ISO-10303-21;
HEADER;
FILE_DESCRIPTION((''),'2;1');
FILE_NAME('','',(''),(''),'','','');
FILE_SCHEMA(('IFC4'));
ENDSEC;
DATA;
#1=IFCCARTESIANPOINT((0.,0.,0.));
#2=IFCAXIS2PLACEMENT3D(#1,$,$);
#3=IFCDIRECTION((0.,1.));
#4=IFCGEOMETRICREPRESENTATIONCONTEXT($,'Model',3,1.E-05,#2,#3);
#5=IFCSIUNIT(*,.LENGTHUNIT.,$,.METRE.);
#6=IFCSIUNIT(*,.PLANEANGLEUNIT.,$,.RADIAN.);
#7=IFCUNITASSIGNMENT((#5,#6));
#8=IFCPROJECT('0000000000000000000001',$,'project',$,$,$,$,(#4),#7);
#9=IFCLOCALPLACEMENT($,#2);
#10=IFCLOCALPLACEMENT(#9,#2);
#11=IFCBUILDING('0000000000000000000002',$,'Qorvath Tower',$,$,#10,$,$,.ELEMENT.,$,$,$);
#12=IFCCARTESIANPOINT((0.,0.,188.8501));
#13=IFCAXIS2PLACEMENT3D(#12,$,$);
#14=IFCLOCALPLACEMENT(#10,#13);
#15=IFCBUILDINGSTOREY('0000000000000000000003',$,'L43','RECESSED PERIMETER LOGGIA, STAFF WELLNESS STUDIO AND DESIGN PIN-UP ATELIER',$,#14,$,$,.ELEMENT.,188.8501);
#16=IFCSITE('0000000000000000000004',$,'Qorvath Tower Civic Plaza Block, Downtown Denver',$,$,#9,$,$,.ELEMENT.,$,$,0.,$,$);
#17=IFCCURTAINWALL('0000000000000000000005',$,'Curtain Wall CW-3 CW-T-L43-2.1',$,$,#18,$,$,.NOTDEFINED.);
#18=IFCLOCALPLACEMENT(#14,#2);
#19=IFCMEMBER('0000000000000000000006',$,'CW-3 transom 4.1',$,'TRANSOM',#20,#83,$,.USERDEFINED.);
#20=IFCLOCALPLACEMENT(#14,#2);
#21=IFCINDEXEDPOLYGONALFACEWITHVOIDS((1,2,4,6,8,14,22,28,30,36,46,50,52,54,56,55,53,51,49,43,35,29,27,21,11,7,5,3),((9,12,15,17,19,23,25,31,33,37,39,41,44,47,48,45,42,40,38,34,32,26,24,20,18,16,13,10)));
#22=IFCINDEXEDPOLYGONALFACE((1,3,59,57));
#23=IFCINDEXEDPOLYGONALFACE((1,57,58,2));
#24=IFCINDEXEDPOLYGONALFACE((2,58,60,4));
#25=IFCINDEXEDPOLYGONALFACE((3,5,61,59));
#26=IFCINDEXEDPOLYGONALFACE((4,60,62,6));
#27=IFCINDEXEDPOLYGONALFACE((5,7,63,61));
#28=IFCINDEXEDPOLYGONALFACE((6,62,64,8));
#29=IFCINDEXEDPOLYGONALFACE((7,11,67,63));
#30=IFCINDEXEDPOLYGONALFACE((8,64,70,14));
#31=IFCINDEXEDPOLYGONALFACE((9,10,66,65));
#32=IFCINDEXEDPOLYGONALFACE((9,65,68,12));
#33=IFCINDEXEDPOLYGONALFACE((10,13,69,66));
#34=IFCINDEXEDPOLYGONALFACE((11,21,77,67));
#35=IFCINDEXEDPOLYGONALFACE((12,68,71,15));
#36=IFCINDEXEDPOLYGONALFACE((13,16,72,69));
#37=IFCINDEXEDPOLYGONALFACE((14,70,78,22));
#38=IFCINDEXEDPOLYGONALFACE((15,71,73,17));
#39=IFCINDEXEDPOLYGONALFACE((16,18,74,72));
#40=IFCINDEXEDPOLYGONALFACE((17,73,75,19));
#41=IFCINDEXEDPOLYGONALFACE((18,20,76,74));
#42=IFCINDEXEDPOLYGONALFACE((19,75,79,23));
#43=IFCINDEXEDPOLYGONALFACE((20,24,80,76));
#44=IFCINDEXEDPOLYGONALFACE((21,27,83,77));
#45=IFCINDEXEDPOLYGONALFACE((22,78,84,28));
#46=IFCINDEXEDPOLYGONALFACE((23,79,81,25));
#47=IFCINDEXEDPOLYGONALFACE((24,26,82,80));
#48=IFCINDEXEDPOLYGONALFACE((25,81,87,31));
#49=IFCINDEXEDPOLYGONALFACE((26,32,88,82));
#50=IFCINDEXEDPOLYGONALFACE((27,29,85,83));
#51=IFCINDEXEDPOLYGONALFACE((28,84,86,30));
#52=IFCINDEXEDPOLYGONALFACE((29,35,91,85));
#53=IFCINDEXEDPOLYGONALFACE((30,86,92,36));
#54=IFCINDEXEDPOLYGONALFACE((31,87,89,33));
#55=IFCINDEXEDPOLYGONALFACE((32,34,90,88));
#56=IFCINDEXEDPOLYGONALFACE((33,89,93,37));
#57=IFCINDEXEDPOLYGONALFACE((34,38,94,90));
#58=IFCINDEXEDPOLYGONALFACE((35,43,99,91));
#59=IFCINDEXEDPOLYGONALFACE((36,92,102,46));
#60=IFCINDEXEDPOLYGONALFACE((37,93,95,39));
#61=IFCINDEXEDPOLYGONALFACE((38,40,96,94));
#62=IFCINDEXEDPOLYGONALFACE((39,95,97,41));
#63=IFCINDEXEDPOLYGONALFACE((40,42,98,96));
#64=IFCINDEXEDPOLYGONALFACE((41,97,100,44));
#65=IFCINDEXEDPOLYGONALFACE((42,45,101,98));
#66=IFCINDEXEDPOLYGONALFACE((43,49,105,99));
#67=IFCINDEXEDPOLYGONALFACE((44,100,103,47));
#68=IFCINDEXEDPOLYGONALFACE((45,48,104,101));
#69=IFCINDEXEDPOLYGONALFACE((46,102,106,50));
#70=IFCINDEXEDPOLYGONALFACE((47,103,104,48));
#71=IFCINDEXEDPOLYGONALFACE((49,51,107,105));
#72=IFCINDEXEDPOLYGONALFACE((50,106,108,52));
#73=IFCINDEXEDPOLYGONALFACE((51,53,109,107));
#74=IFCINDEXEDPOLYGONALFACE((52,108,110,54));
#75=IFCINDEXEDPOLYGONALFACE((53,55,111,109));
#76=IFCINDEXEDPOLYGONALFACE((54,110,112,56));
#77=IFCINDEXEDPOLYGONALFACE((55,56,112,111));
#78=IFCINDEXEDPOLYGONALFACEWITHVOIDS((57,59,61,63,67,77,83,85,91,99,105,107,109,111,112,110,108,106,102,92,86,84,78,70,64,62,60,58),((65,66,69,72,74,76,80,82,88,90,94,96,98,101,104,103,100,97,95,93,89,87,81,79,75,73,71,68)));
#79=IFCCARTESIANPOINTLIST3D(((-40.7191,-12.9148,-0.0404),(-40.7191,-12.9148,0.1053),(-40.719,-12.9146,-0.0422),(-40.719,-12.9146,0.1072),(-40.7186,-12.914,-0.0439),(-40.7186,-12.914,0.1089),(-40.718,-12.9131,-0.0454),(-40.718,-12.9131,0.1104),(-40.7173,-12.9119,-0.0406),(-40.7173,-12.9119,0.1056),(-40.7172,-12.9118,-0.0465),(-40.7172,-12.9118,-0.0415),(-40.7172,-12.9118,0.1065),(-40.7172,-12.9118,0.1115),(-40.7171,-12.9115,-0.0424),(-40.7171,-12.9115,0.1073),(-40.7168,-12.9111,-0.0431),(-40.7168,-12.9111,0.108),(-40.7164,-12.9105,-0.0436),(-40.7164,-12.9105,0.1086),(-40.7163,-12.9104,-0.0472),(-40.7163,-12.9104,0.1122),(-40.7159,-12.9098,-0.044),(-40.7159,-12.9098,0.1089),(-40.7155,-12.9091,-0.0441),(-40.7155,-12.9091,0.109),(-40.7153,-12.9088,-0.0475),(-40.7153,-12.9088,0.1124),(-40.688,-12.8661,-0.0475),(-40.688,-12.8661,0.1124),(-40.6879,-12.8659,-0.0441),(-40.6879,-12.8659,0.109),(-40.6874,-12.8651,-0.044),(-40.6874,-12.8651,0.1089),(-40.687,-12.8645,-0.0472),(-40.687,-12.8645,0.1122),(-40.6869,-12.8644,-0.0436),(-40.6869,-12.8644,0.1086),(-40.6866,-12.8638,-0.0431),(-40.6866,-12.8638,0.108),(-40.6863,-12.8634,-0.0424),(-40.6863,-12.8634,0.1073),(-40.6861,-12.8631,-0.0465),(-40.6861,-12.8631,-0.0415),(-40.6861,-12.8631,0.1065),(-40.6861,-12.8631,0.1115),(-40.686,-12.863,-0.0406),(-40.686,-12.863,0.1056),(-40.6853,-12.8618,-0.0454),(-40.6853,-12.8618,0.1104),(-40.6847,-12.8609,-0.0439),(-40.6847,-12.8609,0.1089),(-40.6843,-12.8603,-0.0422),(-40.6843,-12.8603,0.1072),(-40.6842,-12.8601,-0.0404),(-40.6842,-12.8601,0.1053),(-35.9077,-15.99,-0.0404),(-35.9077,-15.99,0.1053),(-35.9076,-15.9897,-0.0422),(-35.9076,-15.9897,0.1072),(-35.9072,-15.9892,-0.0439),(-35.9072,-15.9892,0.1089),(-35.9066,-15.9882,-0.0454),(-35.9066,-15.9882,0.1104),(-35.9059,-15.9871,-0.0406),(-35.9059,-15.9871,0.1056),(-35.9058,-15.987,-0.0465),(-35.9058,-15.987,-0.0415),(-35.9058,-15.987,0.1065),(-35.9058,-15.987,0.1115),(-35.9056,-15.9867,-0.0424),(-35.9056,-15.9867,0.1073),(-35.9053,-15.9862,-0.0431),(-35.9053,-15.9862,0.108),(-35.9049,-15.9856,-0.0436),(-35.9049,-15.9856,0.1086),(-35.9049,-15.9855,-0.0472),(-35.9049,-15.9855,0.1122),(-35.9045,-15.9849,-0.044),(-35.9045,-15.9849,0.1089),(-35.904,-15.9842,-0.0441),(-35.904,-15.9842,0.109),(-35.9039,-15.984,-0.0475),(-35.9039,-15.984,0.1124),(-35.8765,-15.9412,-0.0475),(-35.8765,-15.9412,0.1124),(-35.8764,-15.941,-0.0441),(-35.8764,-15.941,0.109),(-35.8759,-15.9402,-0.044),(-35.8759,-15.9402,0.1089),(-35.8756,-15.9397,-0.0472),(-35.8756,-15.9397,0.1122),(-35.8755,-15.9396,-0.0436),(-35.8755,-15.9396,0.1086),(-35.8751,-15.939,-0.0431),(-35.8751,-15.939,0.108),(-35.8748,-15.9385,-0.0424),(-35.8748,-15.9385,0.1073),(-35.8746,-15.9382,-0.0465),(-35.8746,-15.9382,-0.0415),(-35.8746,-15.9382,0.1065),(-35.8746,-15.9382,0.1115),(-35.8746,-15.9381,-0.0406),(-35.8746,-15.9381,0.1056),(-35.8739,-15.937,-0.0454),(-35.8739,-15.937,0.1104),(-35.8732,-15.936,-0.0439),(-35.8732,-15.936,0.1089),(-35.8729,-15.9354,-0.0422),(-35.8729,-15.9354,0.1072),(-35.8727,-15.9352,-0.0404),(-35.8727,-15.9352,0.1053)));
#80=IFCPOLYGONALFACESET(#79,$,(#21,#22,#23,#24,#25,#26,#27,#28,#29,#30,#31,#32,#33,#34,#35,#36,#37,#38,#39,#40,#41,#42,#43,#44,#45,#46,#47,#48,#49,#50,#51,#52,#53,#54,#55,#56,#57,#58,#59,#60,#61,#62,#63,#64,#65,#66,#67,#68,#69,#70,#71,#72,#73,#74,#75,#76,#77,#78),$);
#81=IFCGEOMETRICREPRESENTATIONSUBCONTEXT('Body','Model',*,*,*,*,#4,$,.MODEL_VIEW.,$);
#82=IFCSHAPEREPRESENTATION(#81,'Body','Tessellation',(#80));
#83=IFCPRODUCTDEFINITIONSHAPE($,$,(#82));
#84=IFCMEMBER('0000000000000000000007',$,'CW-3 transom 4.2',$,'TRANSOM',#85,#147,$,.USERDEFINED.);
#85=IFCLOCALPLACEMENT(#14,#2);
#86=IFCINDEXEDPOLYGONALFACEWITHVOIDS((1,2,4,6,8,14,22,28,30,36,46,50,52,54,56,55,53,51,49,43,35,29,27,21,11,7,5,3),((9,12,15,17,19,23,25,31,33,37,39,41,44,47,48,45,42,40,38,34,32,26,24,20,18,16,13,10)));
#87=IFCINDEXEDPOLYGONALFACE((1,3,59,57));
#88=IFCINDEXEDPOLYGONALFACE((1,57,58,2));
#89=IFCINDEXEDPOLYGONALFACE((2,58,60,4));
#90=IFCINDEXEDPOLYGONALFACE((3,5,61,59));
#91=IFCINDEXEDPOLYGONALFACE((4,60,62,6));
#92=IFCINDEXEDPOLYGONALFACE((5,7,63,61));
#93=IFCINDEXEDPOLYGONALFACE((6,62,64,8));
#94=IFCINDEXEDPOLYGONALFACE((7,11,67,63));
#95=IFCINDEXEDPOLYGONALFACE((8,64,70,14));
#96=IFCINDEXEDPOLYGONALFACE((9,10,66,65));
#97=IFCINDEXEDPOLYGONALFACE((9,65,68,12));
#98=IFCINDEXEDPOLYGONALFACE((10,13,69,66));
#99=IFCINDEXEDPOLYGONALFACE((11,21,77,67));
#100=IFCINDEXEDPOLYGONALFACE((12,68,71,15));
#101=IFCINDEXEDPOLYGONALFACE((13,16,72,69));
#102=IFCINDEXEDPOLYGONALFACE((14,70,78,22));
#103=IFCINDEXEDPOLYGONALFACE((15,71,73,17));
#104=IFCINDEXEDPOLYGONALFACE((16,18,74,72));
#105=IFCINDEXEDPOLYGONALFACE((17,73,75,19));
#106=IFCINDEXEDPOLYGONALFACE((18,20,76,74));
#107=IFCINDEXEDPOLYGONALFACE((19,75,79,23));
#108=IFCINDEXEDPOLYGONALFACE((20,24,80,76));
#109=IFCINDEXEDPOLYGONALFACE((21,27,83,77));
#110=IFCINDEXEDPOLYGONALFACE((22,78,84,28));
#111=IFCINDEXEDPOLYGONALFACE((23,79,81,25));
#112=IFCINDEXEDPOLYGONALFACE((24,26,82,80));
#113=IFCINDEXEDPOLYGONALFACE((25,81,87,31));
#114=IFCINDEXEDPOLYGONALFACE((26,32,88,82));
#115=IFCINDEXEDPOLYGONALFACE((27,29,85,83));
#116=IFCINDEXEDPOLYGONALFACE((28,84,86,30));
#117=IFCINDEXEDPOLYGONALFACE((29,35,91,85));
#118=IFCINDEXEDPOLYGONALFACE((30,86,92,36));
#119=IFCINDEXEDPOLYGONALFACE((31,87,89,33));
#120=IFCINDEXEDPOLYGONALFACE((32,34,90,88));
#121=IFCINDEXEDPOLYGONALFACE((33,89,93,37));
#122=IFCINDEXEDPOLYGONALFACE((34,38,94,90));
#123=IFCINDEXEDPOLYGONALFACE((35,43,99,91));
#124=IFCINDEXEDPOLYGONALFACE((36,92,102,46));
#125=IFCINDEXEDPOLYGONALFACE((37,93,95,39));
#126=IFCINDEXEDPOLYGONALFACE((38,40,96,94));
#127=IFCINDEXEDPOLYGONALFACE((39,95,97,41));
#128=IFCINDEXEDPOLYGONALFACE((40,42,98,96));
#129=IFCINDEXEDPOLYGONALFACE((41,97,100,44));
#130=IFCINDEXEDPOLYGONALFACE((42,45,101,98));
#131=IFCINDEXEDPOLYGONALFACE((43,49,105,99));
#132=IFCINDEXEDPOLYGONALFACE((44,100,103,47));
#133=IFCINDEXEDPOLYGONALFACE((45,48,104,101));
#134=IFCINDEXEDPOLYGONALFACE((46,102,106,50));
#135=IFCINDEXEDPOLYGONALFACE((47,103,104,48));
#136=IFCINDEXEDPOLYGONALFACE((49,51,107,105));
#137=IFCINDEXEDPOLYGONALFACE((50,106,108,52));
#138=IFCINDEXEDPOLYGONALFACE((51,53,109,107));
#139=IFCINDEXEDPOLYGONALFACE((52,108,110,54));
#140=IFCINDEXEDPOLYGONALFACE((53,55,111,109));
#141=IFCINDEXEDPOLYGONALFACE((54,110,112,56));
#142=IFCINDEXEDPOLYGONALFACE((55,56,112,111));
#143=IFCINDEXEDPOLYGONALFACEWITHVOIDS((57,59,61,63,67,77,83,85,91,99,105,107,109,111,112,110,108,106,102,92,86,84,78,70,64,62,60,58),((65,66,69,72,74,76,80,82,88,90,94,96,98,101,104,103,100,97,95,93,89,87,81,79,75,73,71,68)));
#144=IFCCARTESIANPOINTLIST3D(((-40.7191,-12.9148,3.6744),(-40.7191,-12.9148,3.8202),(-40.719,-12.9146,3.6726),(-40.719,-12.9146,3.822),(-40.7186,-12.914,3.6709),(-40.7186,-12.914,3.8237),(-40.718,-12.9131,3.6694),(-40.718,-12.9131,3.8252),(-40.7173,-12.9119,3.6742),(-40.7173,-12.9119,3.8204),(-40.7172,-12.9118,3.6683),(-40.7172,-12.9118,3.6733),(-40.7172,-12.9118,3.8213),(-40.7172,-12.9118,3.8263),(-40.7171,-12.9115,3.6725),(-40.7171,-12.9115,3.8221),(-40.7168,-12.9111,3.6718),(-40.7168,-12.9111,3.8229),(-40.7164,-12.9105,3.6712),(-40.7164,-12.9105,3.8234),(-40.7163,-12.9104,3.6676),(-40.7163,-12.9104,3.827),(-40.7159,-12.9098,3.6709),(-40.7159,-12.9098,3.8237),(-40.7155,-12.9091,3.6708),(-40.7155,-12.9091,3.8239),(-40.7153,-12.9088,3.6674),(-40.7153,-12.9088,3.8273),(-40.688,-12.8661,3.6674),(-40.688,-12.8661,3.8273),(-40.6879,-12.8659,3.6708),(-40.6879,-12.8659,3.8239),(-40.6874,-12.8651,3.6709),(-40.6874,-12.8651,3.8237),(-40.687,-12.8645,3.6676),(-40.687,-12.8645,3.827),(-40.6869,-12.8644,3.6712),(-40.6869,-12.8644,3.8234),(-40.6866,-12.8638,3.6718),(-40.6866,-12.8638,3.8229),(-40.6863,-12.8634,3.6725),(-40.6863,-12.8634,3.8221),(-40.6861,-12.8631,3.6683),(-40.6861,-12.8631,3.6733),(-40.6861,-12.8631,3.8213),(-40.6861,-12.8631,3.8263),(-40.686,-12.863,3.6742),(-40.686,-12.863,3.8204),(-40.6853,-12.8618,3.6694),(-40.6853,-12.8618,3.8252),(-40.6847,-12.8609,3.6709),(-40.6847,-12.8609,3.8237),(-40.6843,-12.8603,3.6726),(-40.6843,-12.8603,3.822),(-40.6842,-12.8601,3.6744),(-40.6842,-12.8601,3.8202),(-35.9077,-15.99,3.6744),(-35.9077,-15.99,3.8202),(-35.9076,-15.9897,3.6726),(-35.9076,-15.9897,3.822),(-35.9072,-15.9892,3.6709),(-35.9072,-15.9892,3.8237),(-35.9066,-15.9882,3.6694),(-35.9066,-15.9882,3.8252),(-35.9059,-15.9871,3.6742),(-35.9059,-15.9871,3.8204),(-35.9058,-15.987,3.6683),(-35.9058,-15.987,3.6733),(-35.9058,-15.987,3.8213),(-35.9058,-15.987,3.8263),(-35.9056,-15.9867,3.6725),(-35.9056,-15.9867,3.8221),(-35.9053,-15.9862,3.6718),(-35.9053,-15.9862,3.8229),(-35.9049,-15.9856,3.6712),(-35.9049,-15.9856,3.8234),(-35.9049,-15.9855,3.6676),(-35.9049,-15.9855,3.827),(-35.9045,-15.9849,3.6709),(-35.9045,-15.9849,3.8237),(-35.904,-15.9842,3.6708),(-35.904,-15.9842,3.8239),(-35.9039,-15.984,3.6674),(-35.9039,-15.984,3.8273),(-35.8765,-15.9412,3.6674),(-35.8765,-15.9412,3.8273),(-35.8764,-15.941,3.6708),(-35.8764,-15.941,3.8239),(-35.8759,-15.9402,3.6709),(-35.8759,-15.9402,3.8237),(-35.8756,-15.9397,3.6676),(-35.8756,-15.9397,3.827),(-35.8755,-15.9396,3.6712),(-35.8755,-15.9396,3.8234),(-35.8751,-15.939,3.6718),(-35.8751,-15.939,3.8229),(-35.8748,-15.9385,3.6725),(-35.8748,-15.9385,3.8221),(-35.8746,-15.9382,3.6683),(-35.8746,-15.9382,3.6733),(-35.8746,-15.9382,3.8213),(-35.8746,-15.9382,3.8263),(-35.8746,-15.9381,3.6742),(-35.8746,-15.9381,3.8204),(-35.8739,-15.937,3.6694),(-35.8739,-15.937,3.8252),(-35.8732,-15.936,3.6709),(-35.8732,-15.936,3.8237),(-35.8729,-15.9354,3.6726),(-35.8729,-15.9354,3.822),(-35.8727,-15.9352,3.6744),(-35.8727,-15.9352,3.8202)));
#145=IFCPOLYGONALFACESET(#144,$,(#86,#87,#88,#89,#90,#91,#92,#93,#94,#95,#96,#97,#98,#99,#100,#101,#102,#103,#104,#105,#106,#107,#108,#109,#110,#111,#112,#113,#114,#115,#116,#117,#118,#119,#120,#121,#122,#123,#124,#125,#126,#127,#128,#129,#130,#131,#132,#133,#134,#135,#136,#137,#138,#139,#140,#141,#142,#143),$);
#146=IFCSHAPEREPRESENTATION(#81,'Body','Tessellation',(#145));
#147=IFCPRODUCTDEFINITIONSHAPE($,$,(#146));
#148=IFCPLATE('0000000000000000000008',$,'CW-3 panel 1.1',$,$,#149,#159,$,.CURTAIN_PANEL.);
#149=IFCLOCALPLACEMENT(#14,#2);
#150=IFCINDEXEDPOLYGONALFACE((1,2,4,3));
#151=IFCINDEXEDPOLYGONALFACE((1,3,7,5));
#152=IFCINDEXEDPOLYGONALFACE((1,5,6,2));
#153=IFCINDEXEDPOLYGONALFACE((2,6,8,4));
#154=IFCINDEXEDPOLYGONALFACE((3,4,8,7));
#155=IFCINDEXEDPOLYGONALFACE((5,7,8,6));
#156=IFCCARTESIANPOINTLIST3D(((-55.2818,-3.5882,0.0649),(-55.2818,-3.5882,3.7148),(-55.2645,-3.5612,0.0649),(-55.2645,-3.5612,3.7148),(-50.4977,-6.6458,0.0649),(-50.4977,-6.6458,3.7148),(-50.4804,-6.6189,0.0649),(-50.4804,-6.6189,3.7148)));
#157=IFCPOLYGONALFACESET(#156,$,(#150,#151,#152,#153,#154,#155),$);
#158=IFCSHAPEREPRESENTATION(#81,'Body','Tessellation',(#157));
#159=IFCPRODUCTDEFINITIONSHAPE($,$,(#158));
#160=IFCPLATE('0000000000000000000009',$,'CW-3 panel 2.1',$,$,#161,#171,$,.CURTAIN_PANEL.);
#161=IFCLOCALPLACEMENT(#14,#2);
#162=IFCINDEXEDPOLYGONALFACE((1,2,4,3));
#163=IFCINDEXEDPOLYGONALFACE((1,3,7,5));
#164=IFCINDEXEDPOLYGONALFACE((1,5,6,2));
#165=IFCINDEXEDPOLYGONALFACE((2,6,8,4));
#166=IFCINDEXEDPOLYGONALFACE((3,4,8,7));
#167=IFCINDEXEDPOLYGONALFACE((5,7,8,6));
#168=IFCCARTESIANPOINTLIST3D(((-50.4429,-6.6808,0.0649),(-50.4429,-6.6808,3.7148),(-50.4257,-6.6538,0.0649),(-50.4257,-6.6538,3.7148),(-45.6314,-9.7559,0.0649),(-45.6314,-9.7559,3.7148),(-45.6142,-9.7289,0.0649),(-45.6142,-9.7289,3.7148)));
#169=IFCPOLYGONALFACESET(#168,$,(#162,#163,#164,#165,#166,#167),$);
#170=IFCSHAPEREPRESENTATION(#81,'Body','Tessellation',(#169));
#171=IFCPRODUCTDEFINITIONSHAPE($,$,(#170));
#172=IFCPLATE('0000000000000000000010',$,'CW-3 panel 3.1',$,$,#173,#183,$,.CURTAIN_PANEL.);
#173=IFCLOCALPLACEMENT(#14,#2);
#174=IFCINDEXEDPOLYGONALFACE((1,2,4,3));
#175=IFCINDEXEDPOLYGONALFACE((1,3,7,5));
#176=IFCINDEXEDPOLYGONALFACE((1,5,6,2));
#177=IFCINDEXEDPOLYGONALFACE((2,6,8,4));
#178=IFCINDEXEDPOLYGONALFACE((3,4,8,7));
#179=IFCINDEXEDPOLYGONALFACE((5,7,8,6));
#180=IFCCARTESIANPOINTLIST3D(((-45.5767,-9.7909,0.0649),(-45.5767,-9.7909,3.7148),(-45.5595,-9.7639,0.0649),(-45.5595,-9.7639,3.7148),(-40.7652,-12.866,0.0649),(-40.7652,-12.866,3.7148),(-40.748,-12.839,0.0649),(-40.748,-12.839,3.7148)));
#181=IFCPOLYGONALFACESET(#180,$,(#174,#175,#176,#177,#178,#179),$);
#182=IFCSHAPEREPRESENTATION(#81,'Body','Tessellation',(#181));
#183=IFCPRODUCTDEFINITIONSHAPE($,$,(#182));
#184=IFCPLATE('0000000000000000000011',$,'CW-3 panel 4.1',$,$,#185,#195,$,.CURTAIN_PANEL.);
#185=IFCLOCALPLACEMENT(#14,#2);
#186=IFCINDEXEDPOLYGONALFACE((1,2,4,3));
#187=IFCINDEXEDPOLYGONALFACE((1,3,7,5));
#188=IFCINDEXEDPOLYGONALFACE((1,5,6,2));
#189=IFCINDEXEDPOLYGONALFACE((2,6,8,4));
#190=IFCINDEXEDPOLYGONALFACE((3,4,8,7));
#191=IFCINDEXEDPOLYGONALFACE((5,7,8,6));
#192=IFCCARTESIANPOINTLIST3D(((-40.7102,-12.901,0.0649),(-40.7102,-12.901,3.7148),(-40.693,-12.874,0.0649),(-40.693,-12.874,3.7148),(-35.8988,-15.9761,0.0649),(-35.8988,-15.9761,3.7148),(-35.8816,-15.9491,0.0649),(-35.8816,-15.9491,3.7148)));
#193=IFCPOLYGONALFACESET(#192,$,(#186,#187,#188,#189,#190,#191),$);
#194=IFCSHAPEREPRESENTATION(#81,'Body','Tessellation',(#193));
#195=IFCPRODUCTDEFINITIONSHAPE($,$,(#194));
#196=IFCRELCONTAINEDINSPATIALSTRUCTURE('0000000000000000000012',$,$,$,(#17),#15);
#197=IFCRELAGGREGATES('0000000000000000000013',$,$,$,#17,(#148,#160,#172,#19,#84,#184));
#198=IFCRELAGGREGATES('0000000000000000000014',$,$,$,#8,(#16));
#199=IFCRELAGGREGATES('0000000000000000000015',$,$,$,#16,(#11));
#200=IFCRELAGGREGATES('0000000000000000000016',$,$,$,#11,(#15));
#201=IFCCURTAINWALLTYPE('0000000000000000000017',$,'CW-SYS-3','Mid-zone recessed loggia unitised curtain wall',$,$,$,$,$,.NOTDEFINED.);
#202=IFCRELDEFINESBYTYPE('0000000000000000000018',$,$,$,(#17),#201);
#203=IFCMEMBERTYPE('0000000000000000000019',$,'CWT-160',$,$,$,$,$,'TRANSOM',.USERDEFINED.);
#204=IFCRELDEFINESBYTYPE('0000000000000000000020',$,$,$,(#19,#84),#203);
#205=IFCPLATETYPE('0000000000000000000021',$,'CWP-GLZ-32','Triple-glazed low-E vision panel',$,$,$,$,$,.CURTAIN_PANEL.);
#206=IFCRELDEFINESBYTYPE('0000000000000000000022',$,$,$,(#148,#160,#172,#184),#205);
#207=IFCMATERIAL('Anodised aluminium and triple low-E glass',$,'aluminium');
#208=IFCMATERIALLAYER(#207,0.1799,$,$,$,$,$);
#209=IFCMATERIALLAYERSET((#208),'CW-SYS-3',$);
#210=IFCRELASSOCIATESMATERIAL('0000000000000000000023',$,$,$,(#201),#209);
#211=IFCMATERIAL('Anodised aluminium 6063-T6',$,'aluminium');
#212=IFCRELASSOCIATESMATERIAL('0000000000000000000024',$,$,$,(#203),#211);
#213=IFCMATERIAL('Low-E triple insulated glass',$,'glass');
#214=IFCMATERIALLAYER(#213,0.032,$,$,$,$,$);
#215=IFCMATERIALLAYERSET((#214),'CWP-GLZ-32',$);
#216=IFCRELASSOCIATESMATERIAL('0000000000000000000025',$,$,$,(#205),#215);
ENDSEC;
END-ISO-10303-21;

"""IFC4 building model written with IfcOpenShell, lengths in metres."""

from ifc_helpers import new_model, si_unit, direction, frame, origin, origin_2d, place, context, subcontext, project, spatial, rectangle, hollow_rectangle, extrude, material, layer, layer_set, material_profile, profile_set, type_object, element, aggregate, save


model = new_model("IFC4")

# Units and contexts
model_context = context("Model", 3, precision=1e-05, world=origin(), true_north=direction((0.0, 1.0)))
body_context = subcontext(model_context, "Body", "Model", "MODEL_VIEW")
ifc_project = project(units=[si_unit("LENGTHUNIT", "METRE"), si_unit("PLANEANGLEUNIT", "RADIAN")], contexts=[model_context])

# Site, building, storey
site_placement = place(None, origin())
site = spatial("IfcSite", under=ifc_project, at=site_placement, Name="Qorvath Tower Civic Plaza Block, Downtown Denver", CompositionType="ELEMENT", RefElevation=0.0)
building_placement = place(site_placement, origin())
building = spatial("IfcBuilding", under=site, at=building_placement, Name="Qorvath Tower", CompositionType="ELEMENT")
storey_placement = place(building_placement, frame((0.0, 0.0, 188.8501)))
storey = spatial("IfcBuildingStorey", under=building, at=storey_placement, Name="L43", Description="RECESSED PERIMETER LOGGIA, STAFF WELLNESS STUDIO AND DESIGN PIN-UP ATELIER", CompositionType="ELEMENT", Elevation=188.8501)

# Curtain wall, members, plates
ifc_material_1 = material(Name="Anodised aluminium and triple low-E glass", Category="aluminium")
ifc_layer_1 = layer(ifc_material_1, 0.1799)
ifc_layer_set_1 = layer_set([ifc_layer_1], Name="CW-SYS-3")
curtain_wall_type = type_object("IfcCurtainWallType", Name="CW-SYS-3", Description="Mid-zone recessed loggia unitised curtain wall", PredefinedType="NOTDEFINED", material=ifc_layer_set_1)
curtain_wall_placement = place(storey_placement, origin())
curtain_wall = element("IfcCurtainWall", 1, at=curtain_wall_placement, inside=storey, type_object=curtain_wall_type, Name="Curtain Wall CW-3 CW-T-L43-2.1", PredefinedType="NOTDEFINED")
ifc_material_2 = material(Name="Anodised aluminium 6063-T6", Category="aluminium")
ifc_material_profile_1 = material_profile(ifc_material_2, hollow_rectangle(XDim=0.0649, YDim=0.1599, WallThickness=0.0034, InnerFilletRadius=0.0034, OuterFilletRadius=0.0071, at=origin_2d()), Name="CWT 160x65")
ifc_profile_set_1 = profile_set([ifc_material_profile_1], Name="Anodised aluminium 6063-T6")
member_type_1 = type_object("IfcMemberType", Name="CWT-160", ElementType="TRANSOM", PredefinedType="USERDEFINED", material=ifc_profile_set_1)
member_1_placement = place(storey_placement, frame((-40.7017, -12.8875, 0.0325), z_axis=(0.842604, -0.538534, 0.0), x_axis=(0.538534, 0.842604, 0.0)))
member_1 = element("IfcMember", 2, at=member_1_placement, type_object=member_type_1, Name="CW-3 transom 4.1", ObjectType="TRANSOM", PredefinedType="USERDEFINED", context=body_context, shape_type="SweptSolid", body=[
    extrude(hollow_rectangle(XDim=0.0649, YDim=0.1599, WallThickness=0.0034, InnerFilletRadius=0.0034, OuterFilletRadius=0.0071, at=origin_2d()), origin(), (0.0, 0.0, 1.0), 5.7102),
])
member_2_placement = place(storey_placement, frame((-40.7017, -12.8875, 3.7473), z_axis=(0.842604, -0.538534, 0.0), x_axis=(0.538534, 0.842604, 0.0)))
member_2 = element("IfcMember", 3, at=member_2_placement, type_object=member_type_1, Name="CW-3 transom 4.2", ObjectType="TRANSOM", PredefinedType="USERDEFINED", context=body_context, shape_type="SweptSolid", body=[
    extrude(hollow_rectangle(XDim=0.0649, YDim=0.1599, WallThickness=0.0034, InnerFilletRadius=0.0034, OuterFilletRadius=0.0071, at=origin_2d()), origin(), (0.0, 0.0, 1.0), 5.7102),
])
ifc_material_3 = material(Name="Low-E triple insulated glass", Category="glass")
ifc_layer_2 = layer(ifc_material_3, 0.032)
ifc_layer_set_2 = layer_set([ifc_layer_2], Name="CWP-GLZ-32")
plate_type = type_object("IfcPlateType", Name="CWP-GLZ-32", Description="Triple-glazed low-E vision panel", PredefinedType="CURTAIN_PANEL", material=ifc_layer_set_2)
plate_1_placement = place(storey_placement, frame((-52.8811, -5.1035, 0.0649), z_axis=(0.0, 0.0, 1.0), x_axis=(0.842607, -0.53853, 0.0)))
plate_1 = element("IfcPlate", 4, at=plate_1_placement, type_object=plate_type, Name="CW-3 panel 1.1", PredefinedType="CURTAIN_PANEL", context=body_context, shape_type="SweptSolid", body=[
    extrude(rectangle(XDim=5.6777, YDim=0.032, at=origin_2d()), origin(), (0.0, 0.0, 1.0), 3.6499),
])
plate_2_placement = place(storey_placement, frame((-48.0286, -8.2048, 0.0649), z_axis=(0.0, 0.0, 1.0), x_axis=(0.842607, -0.53853, 0.0)))
plate_2 = element("IfcPlate", 5, at=plate_2_placement, type_object=plate_type, Name="CW-3 panel 2.1", PredefinedType="CURTAIN_PANEL", context=body_context, shape_type="SweptSolid", body=[
    extrude(rectangle(XDim=5.7102, YDim=0.032, at=origin_2d()), origin(), (0.0, 0.0, 1.0), 3.6499),
])
plate_3_placement = place(storey_placement, frame((-43.1624, -11.3149, 0.0649), z_axis=(0.0, 0.0, 1.0), x_axis=(0.842607, -0.53853, 0.0)))
plate_3 = element("IfcPlate", 6, at=plate_3_placement, type_object=plate_type, Name="CW-3 panel 3.1", PredefinedType="CURTAIN_PANEL", context=body_context, shape_type="SweptSolid", body=[
    extrude(rectangle(XDim=5.7102, YDim=0.032, at=origin_2d()), origin(), (0.0, 0.0, 1.0), 3.6499),
])
plate_4_placement = place(storey_placement, frame((-38.2959, -14.425, 0.0649), z_axis=(0.0, 0.0, 1.0), x_axis=(0.842607, -0.53853, 0.0)))
plate_4 = element("IfcPlate", 7, at=plate_4_placement, type_object=plate_type, Name="CW-3 panel 4.1", PredefinedType="CURTAIN_PANEL", context=body_context, shape_type="SweptSolid", body=[
    extrude(rectangle(XDim=5.7102, YDim=0.032, at=origin_2d()), origin(), (0.0, 0.0, 1.0), 3.6499),
])
aggregate(curtain_wall, [plate_1, plate_2, plate_3, member_1, member_2, plate_4])

save(model, "model.ifc")
